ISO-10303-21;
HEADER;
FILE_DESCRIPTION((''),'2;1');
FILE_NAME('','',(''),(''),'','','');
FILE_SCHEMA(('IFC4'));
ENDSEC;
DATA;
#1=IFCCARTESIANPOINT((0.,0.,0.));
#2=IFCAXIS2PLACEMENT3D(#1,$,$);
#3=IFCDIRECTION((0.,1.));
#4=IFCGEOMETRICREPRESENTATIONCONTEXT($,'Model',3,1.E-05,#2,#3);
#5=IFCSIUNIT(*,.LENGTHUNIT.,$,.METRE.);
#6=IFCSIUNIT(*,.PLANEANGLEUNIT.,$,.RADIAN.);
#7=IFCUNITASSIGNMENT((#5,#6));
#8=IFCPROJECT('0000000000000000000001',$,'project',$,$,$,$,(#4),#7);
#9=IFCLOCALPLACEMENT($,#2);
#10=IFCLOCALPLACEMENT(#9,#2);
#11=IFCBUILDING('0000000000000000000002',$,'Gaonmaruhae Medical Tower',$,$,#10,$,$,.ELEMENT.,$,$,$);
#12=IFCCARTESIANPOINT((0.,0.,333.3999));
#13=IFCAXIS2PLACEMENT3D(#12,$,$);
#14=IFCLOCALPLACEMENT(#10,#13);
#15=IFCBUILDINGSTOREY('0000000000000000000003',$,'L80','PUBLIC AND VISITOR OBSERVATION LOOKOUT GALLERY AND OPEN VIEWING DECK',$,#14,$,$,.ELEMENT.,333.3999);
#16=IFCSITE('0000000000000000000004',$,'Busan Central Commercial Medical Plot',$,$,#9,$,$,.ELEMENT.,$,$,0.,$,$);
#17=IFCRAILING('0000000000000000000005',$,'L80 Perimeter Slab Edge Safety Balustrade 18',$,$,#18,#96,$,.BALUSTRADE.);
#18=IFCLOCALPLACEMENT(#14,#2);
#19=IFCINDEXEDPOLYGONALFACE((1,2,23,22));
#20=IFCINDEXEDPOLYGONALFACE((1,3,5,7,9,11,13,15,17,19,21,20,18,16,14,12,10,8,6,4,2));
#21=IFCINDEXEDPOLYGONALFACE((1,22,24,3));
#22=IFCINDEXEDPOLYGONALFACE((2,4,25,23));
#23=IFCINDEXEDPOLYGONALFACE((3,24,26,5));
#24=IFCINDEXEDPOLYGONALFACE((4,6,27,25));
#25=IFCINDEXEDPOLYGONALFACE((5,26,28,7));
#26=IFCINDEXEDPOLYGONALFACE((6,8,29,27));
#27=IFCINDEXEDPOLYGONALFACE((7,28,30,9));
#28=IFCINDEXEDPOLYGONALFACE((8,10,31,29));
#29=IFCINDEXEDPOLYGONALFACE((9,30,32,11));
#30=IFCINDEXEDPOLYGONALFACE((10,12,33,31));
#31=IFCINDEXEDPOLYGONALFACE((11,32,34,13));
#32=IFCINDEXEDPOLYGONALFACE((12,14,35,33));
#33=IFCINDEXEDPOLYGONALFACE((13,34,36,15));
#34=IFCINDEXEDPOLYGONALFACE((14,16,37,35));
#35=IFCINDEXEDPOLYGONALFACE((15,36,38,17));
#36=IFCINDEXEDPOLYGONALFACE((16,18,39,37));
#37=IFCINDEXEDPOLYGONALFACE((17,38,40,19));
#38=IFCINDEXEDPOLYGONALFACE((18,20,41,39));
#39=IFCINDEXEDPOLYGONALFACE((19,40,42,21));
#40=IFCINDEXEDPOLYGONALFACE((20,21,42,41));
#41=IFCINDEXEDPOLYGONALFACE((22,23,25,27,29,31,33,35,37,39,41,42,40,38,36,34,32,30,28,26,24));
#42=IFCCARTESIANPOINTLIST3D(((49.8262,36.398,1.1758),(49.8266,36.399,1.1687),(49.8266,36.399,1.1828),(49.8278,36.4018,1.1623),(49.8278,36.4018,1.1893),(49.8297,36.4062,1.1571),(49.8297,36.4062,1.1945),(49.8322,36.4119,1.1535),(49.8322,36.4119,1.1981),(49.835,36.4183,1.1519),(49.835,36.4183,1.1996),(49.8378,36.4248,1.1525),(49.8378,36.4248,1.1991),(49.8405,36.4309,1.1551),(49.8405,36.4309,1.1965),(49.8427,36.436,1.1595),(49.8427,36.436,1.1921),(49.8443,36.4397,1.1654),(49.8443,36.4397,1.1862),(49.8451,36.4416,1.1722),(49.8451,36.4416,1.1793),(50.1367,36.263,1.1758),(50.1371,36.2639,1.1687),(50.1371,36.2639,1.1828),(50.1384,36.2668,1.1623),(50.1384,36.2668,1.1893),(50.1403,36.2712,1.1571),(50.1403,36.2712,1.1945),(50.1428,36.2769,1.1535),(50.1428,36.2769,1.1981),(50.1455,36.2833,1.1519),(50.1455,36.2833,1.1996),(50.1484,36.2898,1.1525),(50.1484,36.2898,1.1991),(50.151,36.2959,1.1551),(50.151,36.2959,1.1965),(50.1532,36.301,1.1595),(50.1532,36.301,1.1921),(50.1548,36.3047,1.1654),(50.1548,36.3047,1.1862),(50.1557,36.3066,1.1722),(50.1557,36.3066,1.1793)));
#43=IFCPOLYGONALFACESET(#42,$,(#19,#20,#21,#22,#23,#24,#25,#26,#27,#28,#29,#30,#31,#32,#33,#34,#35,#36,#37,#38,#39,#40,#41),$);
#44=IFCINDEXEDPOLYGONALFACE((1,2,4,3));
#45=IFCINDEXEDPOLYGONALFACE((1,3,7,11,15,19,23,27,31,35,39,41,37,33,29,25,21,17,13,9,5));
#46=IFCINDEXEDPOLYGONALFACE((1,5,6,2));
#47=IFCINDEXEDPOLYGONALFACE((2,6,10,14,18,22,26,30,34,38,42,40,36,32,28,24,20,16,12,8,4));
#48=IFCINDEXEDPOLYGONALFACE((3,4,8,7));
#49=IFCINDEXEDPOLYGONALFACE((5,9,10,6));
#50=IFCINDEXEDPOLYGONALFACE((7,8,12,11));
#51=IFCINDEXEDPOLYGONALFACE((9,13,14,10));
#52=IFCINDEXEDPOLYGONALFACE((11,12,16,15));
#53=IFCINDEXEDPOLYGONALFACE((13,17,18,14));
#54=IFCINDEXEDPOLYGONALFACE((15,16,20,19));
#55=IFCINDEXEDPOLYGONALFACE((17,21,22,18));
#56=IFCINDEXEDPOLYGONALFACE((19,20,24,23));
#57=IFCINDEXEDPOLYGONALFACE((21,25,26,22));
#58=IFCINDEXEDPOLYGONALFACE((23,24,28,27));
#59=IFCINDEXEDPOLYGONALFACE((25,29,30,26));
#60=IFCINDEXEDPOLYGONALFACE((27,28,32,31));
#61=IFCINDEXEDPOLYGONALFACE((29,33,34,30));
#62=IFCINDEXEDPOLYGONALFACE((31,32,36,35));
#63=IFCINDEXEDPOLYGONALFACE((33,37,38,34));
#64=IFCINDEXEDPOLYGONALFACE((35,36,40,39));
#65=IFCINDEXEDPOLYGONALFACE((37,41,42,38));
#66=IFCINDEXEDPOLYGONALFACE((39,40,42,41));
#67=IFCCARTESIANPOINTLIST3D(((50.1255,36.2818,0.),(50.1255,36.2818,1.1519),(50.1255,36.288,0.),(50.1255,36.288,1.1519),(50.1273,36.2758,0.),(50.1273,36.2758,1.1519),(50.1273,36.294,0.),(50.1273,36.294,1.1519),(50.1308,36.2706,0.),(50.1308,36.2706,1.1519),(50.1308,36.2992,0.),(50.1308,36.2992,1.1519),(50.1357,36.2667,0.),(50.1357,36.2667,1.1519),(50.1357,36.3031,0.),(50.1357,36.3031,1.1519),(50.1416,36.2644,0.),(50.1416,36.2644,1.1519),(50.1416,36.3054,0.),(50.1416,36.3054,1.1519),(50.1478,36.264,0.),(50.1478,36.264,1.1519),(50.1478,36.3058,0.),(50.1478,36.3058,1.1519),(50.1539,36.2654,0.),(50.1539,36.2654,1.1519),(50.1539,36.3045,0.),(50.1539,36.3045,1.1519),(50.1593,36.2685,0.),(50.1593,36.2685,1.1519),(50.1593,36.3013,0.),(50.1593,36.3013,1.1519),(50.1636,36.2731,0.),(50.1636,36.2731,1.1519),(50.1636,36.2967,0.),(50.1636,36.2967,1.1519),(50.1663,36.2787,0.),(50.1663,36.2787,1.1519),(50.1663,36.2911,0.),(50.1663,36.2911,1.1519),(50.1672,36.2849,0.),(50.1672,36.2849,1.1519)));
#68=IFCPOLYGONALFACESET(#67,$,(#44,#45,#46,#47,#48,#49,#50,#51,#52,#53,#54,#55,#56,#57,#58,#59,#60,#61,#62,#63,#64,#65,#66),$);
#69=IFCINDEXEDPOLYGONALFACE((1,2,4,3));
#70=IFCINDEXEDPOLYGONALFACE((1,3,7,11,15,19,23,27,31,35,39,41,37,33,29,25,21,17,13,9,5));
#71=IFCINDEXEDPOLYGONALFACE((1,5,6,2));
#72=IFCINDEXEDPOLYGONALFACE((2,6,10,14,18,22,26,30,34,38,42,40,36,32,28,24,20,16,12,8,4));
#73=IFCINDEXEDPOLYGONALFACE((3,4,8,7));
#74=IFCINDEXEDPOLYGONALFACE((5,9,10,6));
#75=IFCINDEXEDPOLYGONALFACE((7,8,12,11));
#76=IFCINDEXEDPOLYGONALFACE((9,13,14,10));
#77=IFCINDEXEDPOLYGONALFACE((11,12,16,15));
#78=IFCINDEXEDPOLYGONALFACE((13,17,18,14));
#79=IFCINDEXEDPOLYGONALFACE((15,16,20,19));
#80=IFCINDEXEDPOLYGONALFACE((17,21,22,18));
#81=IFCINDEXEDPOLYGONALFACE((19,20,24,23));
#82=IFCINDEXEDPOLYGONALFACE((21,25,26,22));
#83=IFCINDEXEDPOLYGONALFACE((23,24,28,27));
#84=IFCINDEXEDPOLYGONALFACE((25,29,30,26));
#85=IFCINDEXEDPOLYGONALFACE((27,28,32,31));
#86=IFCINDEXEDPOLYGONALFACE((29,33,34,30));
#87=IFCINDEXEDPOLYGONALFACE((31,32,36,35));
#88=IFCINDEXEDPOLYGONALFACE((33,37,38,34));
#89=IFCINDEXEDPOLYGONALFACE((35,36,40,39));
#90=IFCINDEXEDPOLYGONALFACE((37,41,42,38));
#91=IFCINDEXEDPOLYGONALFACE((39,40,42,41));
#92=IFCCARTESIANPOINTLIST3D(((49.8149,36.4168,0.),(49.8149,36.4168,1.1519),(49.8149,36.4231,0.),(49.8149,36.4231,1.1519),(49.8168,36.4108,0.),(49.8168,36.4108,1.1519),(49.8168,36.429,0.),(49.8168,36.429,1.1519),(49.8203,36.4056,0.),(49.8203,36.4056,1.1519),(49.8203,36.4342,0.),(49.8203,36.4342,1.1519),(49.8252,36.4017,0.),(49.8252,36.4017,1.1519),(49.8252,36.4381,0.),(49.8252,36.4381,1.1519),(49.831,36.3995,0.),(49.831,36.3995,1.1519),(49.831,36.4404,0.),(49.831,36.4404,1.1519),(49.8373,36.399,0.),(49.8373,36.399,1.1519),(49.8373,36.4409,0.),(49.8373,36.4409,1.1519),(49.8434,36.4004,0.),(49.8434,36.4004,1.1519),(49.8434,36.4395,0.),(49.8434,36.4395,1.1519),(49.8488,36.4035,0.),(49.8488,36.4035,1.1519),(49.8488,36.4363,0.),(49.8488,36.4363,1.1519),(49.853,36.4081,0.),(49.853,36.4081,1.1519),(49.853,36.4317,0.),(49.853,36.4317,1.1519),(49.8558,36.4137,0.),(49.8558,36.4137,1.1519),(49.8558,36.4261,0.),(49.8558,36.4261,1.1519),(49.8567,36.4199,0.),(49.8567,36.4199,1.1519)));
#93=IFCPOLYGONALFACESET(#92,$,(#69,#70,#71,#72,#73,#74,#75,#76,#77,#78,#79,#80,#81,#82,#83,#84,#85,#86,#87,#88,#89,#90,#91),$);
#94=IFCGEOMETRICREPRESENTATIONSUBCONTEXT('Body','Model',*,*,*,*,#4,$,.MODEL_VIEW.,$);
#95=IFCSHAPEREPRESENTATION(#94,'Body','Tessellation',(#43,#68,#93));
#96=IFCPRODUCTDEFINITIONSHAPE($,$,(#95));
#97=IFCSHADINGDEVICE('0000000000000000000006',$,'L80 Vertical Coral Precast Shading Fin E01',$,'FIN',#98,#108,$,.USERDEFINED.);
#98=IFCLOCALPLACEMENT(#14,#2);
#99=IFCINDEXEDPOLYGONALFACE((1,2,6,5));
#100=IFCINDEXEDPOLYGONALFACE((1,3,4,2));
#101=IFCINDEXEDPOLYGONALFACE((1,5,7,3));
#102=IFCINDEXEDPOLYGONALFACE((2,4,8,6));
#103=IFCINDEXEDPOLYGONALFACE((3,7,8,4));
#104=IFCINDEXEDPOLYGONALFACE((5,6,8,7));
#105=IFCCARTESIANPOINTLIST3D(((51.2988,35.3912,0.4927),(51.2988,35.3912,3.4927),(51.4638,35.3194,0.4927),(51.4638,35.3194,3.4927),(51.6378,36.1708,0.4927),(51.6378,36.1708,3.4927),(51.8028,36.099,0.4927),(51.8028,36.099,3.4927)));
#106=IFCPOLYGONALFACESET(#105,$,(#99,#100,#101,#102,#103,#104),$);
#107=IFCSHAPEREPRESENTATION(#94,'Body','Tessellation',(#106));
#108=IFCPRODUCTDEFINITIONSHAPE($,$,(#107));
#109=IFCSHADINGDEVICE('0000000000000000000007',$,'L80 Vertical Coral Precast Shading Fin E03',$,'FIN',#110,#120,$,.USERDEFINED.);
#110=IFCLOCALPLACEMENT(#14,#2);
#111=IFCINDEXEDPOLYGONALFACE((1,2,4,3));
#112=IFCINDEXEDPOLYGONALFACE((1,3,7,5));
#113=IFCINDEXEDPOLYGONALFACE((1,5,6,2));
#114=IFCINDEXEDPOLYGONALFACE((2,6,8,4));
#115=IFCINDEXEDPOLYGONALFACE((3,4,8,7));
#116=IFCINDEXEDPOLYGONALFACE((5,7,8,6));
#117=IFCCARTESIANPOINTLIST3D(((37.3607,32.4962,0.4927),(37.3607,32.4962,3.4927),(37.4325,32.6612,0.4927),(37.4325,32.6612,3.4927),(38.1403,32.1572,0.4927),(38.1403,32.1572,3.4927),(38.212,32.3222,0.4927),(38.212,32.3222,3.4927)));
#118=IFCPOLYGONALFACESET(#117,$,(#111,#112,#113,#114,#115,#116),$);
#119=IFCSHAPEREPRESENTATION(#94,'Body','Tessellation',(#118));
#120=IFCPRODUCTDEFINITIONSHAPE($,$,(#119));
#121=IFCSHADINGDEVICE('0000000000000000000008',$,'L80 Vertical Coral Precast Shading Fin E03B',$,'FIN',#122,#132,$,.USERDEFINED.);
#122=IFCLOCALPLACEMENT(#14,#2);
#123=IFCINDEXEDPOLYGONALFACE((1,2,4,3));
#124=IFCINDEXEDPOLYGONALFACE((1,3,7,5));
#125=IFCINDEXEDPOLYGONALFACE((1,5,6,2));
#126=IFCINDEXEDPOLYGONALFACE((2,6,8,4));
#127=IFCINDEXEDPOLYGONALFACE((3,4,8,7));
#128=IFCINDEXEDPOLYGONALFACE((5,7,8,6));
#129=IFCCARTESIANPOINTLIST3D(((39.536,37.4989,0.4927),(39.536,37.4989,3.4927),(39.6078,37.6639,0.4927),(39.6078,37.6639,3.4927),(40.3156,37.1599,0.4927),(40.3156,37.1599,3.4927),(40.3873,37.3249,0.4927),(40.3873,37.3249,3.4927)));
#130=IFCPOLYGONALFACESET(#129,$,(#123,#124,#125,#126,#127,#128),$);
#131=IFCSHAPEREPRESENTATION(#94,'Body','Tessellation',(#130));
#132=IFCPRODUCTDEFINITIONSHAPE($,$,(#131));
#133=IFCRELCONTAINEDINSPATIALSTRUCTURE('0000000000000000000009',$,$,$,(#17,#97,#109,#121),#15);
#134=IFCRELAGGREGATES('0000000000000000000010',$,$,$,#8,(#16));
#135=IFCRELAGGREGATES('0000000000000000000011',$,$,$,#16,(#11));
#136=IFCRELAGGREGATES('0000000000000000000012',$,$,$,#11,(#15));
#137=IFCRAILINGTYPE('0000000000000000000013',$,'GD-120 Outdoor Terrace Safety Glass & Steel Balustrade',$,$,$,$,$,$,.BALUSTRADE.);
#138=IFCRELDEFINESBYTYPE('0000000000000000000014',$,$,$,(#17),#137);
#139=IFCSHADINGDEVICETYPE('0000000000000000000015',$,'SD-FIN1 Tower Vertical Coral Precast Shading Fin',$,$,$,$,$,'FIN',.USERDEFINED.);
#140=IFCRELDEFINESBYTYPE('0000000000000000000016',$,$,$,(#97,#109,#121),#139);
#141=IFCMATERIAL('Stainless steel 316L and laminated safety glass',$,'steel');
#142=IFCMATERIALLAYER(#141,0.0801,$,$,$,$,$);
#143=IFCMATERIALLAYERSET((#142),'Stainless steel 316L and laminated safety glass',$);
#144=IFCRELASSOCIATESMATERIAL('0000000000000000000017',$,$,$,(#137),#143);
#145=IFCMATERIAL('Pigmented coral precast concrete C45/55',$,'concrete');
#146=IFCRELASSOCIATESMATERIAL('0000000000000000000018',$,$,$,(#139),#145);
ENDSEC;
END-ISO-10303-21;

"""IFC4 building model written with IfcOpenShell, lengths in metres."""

from ifc_helpers import new_model, si_unit, direction, frame, origin, origin_2d, place, context, subcontext, project, spatial, rectangle, circle, extrude, material, layer, layer_set, type_object, element, save


model = new_model("IFC4")

# Units and contexts
model_context = context("Model", 3, precision=1e-05, world=origin(), true_north=direction((0.0, 1.0)))
body_context = subcontext(model_context, "Body", "Model", "MODEL_VIEW")
ifc_project = project(units=[si_unit("LENGTHUNIT", "METRE"), si_unit("PLANEANGLEUNIT", "RADIAN")], contexts=[model_context])

# Site, building, storey
site_placement = place(None, origin())
site = spatial("IfcSite", under=ifc_project, at=site_placement, Name="Busan Central Commercial Medical Plot", CompositionType="ELEMENT", RefElevation=0.0)
building_placement = place(site_placement, origin())
building = spatial("IfcBuilding", under=site, at=building_placement, Name="Gaonmaruhae Medical Tower", CompositionType="ELEMENT")
storey_placement = place(building_placement, frame((0.0, 0.0, 333.3999)))
storey = spatial("IfcBuildingStorey", under=building, at=storey_placement, Name="L80", Description="PUBLIC AND VISITOR OBSERVATION LOOKOUT GALLERY AND OPEN VIEWING DECK", CompositionType="ELEMENT", Elevation=333.3999)

# Railing
ifc_material_1 = material(Name="Stainless steel 316L and laminated safety glass", Category="steel")
ifc_layer_1 = layer(ifc_material_1, 0.0801)
ifc_layer_set_1 = layer_set([ifc_layer_1], Name="Stainless steel 316L and laminated safety glass")
railing_type = type_object("IfcRailingType", Name="GD-120 Outdoor Terrace Safety Glass & Steel Balustrade", PredefinedType="BALUSTRADE", material=ifc_layer_set_1)
railing_placement = place(storey_placement, frame((50.1462, 36.2849, 0.0)))
element("IfcRailing", 1, at=railing_placement, inside=storey, type_object=railing_type, Name="L80 Perimeter Slab Edge Safety Balustrade 18", PredefinedType="BALUSTRADE", context=body_context, shape_type="SweptSolid", body=[
    extrude(circle(Radius=0.0239, at=origin_2d()), frame((0.0, 0.0, 1.1758), z_axis=(-0.917082, 0.3987, 0.0), x_axis=(-0.3987, -0.917082, 0.0)), (0.0, 0.0, 1.0), 0.3386),
    extrude(circle(Radius=0.021, at=origin_2d()), origin(), (0.0, 0.0, 1.0), 1.1519),
    extrude(circle(Radius=0.021, at=origin_2d()), frame((-0.3105, 0.135, 0.0)), (0.0, 0.0, 1.0), 1.1519),
])

# Shading devices
ifc_material_2 = material(Name="Pigmented coral precast concrete C45/55", Category="concrete")
shading_device_type = type_object("IfcShadingDeviceType", Name="SD-FIN1 Tower Vertical Coral Precast Shading Fin", ElementType="FIN", PredefinedType="USERDEFINED", material=ifc_material_2)
for number, where, z_axis, x_axis, name in (
    (2, (51.5508, 35.7451, 0.4927), (0.0, 0.0, 1.0), (0.91706, -0.398749, 0.0), "L80 Vertical Coral Precast Shading Fin E01"),
    (3, (37.7864, 32.4092, 0.4927), (0.0, 0.0, 1.0), (0.398765, 0.917053, 0.0), "L80 Vertical Coral Precast Shading Fin E03"),
    (4, (39.9617, 37.4119, 0.4927), (0.0, 0.0, 1.0), (0.398765, 0.917053, 0.0), "L80 Vertical Coral Precast Shading Fin E03B"),
):
    element("IfcShadingDevice", number, at=place(storey_placement, frame(where, z_axis=z_axis, x_axis=x_axis)), inside=storey, type_object=shading_device_type, Name=name, ObjectType="FIN", PredefinedType="USERDEFINED", context=body_context, shape_type="SweptSolid", body=[
        extrude(rectangle(XDim=0.1799, YDim=0.8501, at=origin_2d()), origin(), (0.0, 0.0, 1.0), 3.0),
    ])

save(model, "model.ifc")
